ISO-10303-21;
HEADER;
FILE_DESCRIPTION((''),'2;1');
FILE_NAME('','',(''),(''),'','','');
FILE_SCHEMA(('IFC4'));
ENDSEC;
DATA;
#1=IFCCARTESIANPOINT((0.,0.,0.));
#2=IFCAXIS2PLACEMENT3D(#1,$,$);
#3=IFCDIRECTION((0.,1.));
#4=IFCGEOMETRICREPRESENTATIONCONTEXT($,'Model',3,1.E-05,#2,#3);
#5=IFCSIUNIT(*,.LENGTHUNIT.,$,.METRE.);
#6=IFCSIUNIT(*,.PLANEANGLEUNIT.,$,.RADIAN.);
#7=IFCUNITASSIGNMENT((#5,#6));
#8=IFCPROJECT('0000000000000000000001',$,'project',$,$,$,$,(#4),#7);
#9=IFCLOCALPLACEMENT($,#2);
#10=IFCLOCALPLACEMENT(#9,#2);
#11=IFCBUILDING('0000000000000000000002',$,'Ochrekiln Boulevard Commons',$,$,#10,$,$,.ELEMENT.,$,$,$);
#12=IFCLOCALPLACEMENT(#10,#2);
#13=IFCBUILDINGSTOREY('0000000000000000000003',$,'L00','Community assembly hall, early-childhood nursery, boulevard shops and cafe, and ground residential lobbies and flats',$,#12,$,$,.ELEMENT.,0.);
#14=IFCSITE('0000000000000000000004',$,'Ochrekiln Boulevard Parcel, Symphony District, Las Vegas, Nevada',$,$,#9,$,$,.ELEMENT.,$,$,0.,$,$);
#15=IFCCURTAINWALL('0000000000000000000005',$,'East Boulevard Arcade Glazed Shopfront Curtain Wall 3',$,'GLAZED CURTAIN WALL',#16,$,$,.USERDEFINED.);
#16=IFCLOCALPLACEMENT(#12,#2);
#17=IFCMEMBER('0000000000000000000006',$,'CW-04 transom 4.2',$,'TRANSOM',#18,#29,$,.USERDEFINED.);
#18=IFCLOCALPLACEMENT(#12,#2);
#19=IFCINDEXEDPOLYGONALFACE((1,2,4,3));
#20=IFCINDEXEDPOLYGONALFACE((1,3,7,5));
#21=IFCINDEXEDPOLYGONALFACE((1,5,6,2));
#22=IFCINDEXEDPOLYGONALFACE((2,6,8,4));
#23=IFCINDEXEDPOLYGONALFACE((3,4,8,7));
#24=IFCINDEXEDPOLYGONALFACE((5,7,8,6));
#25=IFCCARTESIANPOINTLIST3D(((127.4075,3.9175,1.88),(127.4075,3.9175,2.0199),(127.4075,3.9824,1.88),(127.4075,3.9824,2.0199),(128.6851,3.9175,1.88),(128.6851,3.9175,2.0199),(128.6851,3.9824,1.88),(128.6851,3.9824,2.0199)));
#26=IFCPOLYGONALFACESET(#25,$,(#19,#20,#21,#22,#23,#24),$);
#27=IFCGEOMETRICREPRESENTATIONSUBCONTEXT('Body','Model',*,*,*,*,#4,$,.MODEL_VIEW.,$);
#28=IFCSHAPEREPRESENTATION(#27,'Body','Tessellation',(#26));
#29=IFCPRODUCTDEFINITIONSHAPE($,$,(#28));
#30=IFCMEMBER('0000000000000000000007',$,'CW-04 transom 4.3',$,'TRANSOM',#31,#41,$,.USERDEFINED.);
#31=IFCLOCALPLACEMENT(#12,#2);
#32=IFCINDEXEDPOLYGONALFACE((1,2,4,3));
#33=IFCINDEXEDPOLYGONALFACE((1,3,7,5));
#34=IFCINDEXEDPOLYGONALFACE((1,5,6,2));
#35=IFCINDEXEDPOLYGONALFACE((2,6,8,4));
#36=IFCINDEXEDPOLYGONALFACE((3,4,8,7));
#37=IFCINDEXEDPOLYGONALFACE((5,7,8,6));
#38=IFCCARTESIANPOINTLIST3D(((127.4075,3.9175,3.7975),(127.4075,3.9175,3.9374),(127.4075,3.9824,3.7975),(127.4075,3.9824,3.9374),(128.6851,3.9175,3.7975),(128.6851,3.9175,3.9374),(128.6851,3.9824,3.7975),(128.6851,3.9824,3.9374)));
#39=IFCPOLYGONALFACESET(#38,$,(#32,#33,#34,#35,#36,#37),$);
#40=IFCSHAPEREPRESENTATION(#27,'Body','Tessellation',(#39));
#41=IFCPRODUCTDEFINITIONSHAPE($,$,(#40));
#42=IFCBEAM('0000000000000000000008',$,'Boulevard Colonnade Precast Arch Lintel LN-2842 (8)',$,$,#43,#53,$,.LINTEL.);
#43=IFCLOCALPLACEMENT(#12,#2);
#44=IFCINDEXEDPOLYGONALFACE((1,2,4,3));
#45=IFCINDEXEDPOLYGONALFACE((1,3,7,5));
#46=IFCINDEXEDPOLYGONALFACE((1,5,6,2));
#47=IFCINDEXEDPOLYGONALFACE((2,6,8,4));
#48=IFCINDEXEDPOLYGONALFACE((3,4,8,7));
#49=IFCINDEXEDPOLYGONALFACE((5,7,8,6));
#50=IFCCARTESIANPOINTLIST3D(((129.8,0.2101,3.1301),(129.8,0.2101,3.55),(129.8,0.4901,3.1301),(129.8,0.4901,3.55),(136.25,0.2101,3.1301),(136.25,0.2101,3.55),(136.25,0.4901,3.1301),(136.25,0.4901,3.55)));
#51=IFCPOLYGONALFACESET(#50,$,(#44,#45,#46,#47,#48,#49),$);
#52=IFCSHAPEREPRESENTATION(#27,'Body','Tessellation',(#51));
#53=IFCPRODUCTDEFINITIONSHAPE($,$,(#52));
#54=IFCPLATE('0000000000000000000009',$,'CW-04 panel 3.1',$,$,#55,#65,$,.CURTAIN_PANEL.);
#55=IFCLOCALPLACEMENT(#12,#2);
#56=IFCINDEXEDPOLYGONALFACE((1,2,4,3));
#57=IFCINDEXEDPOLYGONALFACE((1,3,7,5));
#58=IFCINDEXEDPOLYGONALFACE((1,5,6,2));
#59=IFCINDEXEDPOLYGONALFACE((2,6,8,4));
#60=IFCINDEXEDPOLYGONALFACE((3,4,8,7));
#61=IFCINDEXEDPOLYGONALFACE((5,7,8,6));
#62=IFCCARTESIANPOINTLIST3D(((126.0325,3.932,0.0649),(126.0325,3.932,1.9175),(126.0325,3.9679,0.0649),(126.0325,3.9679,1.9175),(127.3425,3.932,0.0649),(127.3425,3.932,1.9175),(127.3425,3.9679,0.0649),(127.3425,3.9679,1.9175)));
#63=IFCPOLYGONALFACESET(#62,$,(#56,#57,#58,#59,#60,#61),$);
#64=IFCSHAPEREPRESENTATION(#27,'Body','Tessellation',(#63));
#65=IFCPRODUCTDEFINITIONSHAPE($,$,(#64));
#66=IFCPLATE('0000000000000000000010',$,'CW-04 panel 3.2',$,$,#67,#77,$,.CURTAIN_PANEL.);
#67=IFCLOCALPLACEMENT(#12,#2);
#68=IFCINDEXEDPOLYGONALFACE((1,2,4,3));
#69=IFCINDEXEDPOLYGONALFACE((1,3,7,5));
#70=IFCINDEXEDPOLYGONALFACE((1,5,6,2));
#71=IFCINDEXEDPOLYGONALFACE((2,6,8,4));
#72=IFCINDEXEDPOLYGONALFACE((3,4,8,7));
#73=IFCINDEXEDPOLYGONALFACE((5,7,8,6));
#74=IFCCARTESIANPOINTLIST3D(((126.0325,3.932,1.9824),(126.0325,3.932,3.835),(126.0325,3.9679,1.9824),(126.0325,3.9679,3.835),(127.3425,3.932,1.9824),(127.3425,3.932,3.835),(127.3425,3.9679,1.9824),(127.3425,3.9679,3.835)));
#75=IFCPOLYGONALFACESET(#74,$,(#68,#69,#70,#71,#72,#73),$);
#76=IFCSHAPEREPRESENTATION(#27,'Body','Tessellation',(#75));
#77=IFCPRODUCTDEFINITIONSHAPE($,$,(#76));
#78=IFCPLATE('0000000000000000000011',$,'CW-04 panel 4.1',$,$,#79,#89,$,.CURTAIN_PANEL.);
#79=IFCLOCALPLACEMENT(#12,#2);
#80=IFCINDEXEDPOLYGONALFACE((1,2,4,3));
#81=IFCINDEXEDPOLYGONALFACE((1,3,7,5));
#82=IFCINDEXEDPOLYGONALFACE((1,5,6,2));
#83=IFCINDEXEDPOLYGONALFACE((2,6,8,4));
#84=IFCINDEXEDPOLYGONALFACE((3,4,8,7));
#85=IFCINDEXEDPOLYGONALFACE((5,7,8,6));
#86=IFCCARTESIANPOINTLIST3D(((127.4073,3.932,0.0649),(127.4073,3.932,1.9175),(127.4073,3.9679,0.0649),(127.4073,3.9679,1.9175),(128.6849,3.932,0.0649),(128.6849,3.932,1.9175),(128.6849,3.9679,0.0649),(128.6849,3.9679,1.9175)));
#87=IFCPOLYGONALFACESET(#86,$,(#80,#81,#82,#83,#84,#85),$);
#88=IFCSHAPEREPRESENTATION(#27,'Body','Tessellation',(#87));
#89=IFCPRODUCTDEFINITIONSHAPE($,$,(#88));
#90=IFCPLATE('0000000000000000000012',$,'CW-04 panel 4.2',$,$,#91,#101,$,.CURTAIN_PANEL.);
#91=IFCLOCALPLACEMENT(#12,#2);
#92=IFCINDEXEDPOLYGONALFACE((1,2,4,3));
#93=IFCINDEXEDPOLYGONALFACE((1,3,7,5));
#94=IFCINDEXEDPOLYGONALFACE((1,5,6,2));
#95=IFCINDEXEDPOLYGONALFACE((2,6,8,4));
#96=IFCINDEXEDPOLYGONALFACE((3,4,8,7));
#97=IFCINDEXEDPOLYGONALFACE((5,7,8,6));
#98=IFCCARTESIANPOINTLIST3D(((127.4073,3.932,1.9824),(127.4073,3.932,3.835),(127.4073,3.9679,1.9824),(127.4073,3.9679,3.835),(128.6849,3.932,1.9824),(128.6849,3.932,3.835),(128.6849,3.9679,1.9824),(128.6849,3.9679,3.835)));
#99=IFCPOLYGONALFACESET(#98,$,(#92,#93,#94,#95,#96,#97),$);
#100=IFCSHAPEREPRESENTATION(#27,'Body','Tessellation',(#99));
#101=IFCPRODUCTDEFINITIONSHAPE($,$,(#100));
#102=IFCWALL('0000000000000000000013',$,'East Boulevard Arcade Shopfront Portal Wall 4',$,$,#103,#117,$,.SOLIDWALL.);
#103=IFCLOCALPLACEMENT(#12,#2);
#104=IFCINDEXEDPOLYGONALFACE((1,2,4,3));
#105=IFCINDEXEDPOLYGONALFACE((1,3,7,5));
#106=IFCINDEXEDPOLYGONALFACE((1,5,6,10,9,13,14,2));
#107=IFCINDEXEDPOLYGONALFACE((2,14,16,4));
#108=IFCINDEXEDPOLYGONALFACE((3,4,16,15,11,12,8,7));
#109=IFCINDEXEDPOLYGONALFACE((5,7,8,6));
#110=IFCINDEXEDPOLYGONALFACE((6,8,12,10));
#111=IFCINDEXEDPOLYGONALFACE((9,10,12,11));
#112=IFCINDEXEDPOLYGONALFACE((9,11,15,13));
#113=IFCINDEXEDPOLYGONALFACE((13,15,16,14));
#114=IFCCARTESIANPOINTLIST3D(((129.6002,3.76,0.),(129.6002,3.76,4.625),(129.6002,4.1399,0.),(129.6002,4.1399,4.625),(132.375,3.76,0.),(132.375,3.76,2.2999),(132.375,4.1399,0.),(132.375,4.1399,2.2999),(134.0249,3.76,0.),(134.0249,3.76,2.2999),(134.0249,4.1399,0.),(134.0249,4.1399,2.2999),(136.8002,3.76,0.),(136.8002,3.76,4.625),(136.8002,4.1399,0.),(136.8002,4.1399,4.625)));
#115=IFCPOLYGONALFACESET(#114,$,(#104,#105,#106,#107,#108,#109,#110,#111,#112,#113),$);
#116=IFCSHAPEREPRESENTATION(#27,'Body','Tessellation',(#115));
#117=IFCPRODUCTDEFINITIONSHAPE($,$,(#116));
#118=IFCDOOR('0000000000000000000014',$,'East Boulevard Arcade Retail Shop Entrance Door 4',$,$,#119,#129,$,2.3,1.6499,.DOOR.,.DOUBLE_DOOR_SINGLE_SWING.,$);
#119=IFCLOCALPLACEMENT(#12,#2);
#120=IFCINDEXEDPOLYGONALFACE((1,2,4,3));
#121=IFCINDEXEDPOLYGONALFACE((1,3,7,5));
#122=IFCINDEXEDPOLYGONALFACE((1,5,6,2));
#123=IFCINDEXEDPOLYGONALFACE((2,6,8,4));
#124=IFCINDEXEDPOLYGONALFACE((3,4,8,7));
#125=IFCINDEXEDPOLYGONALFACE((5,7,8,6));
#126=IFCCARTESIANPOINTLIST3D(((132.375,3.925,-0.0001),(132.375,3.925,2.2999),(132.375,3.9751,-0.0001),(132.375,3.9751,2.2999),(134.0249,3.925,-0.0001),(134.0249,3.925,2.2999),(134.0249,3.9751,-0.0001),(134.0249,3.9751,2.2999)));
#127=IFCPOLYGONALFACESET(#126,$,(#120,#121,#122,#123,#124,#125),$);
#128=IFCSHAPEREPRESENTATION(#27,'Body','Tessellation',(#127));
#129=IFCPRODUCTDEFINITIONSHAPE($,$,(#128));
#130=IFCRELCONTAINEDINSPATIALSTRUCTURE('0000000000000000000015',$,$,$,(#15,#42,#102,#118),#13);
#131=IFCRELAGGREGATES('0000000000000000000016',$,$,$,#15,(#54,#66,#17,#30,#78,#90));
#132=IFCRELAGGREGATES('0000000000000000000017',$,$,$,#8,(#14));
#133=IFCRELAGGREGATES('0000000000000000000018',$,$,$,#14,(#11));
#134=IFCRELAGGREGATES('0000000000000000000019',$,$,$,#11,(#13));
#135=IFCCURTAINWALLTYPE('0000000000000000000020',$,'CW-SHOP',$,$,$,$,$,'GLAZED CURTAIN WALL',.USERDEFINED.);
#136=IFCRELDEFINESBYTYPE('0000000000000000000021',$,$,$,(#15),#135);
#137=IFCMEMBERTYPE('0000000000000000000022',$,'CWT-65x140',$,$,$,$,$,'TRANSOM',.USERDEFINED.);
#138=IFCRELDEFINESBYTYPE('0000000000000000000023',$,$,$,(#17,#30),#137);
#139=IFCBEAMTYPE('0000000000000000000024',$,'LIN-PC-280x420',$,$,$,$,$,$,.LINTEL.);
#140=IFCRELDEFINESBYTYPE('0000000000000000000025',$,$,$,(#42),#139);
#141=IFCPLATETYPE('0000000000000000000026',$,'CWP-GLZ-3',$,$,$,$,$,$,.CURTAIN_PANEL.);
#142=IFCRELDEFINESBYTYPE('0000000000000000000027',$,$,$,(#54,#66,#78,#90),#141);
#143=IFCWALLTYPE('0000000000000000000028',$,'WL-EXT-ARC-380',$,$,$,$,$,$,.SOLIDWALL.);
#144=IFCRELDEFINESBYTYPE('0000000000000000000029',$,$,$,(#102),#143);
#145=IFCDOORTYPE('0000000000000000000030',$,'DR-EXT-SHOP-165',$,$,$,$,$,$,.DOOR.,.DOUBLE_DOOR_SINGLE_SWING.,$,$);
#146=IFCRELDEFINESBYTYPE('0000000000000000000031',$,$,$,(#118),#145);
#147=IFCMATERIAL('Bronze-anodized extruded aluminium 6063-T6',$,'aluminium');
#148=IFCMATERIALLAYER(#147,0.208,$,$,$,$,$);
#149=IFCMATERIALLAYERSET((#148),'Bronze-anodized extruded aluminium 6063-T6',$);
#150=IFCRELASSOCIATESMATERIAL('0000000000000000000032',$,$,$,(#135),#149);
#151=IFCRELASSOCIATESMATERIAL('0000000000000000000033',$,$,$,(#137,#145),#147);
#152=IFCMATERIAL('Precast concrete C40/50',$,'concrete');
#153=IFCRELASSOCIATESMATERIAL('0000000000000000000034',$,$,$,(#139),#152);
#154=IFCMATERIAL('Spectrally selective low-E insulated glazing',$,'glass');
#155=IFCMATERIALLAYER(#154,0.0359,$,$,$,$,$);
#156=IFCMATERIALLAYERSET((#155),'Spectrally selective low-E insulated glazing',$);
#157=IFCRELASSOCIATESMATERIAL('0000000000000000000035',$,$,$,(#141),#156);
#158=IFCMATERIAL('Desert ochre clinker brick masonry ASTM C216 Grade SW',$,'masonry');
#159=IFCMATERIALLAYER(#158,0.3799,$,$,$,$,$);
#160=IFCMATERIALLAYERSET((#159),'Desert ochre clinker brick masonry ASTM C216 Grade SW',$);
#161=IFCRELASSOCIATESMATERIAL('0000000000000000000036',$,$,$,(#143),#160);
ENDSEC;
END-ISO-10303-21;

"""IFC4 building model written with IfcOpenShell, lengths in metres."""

from ifc_helpers import new_model, si_unit, direction, frame, frame_2d, origin, origin_2d, place, context, subcontext, project, spatial, rectangle, extrude, material, layer, layer_set, material_profile, profile_set, type_object, element, fill, aggregate, save


model = new_model("IFC4")

# Units and contexts
model_context = context("Model", 3, precision=1e-05, world=origin(), true_north=direction((0.0, 1.0)))
body_context = subcontext(model_context, "Body", "Model", "MODEL_VIEW")
ifc_project = project(units=[si_unit("LENGTHUNIT", "METRE"), si_unit("PLANEANGLEUNIT", "RADIAN")], contexts=[model_context])

# Site, building, storey
site_placement = place(None, origin())
site = spatial("IfcSite", under=ifc_project, at=site_placement, Name="Ochrekiln Boulevard Parcel, Symphony District, Las Vegas, Nevada", CompositionType="ELEMENT", RefElevation=0.0)
building_placement = place(site_placement, origin())
building = spatial("IfcBuilding", under=site, at=building_placement, Name="Ochrekiln Boulevard Commons", CompositionType="ELEMENT")
storey_placement = place(building_placement, origin())
storey = spatial("IfcBuildingStorey", under=building, at=storey_placement, Name="L00", Description="Community assembly hall, early-childhood nursery, boulevard shops and cafe, and ground residential lobbies and flats", CompositionType="ELEMENT", Elevation=0.0)

# Curtain wall, members
ifc_material_1 = material(Name="Bronze-anodized extruded aluminium 6063-T6", Category="aluminium")
ifc_layer_1 = layer(ifc_material_1, 0.208)
ifc_layer_set_1 = layer_set([ifc_layer_1], Name="Bronze-anodized extruded aluminium 6063-T6")
curtain_wall_type = type_object("IfcCurtainWallType", Name="CW-SHOP", ElementType="GLAZED CURTAIN WALL", PredefinedType="USERDEFINED", material=ifc_layer_set_1)
curtain_wall_placement = place(storey_placement, origin())
curtain_wall = element("IfcCurtainWall", 1, at=curtain_wall_placement, inside=storey, type_object=curtain_wall_type, Name="East Boulevard Arcade Glazed Shopfront Curtain Wall 3", ObjectType="GLAZED CURTAIN WALL", PredefinedType="USERDEFINED")
ifc_material_profile_1 = material_profile(ifc_material_1, rectangle(XDim=0.0649, YDim=0.1399, at=origin_2d()), Name="ALU-TRN-65x140")
ifc_profile_set_1 = profile_set([ifc_material_profile_1], Name="Bronze-anodized extruded aluminium 6063-T6")
member_type_1 = type_object("IfcMemberType", Name="CWT-65x140", ElementType="TRANSOM", PredefinedType="USERDEFINED", material=ifc_profile_set_1)
member_1_placement = place(storey_placement, frame((127.4075, 3.95, 1.95), z_axis=(1.0, 0.0, 0.0), x_axis=(0.0, 1.0, 0.0)))
member_1 = element("IfcMember", 2, at=member_1_placement, type_object=member_type_1, Name="CW-04 transom 4.2", ObjectType="TRANSOM", PredefinedType="USERDEFINED", context=body_context, shape_type="SweptSolid", body=[
    extrude(rectangle(XDim=0.0649, YDim=0.1399, at=origin_2d()), origin(), (0.0, 0.0, 1.0), 1.2776),
])
member_2_placement = place(storey_placement, frame((127.4075, 3.95, 3.8674), z_axis=(1.0, 0.0, 0.0), x_axis=(0.0, 1.0, 0.0)))
member_2 = element("IfcMember", 3, at=member_2_placement, type_object=member_type_1, Name="CW-04 transom 4.3", ObjectType="TRANSOM", PredefinedType="USERDEFINED", context=body_context, shape_type="SweptSolid", body=[
    extrude(rectangle(XDim=0.0649, YDim=0.1399, at=origin_2d()), origin(), (0.0, 0.0, 1.0), 1.2776),
])

# Beam
ifc_material_2 = material(Name="Precast concrete C40/50", Category="concrete")
ifc_material_profile_2 = material_profile(ifc_material_2, rectangle(XDim=0.28, YDim=0.4199, at=origin_2d()), Name="RC-LIN-280x420")
ifc_profile_set_2 = profile_set([ifc_material_profile_2], Name="Precast concrete C40/50")
beam_type_1 = type_object("IfcBeamType", Name="LIN-PC-280x420", PredefinedType="LINTEL", material=ifc_profile_set_2)
beam_placement = place(storey_placement, frame((129.8, 0.3501, 3.3401), z_axis=(1.0, 0.0, 0.0), x_axis=(0.0, 1.0, 0.0)))
element("IfcBeam", 4, at=beam_placement, inside=storey, type_object=beam_type_1, Name="Boulevard Colonnade Precast Arch Lintel LN-2842 (8)", PredefinedType="LINTEL", context=body_context, shape_type="SweptSolid", body=[
    extrude(rectangle(XDim=0.28, YDim=0.4199, at=origin_2d()), origin(), (0.0, 0.0, 1.0), 6.45),
])

# Plates
ifc_material_3 = material(Name="Spectrally selective low-E insulated glazing", Category="glass")
ifc_layer_2 = layer(ifc_material_3, 0.0359)
ifc_layer_set_2 = layer_set([ifc_layer_2], Name="Spectrally selective low-E insulated glazing")
plate_type = type_object("IfcPlateType", Name="CWP-GLZ-3", PredefinedType="CURTAIN_PANEL", material=ifc_layer_set_2)
plate_1_placement = place(storey_placement, frame((126.6875, 3.95, 0.0649), z_axis=(0.0, 0.0, 1.0), x_axis=(1.0, 0.0, 0.0)))
plate_1 = element("IfcPlate", 5, at=plate_1_placement, type_object=plate_type, Name="CW-04 panel 3.1", PredefinedType="CURTAIN_PANEL", context=body_context, shape_type="SweptSolid", body=[
    extrude(rectangle(XDim=1.3101, YDim=0.0359, at=origin_2d()), origin(), (0.0, 0.0, 1.0), 1.8525),
])
plate_2_placement = place(storey_placement, frame((126.6875, 3.95, 1.9824), z_axis=(0.0, 0.0, 1.0), x_axis=(1.0, 0.0, 0.0)))
plate_2 = element("IfcPlate", 6, at=plate_2_placement, type_object=plate_type, Name="CW-04 panel 3.2", PredefinedType="CURTAIN_PANEL", context=body_context, shape_type="SweptSolid", body=[
    extrude(rectangle(XDim=1.3101, YDim=0.0359, at=origin_2d()), origin(), (0.0, 0.0, 1.0), 1.8525),
])
plate_3_placement = place(storey_placement, frame((128.0461, 3.95, 0.0649), z_axis=(0.0, 0.0, 1.0), x_axis=(1.0, 0.0, 0.0)))
plate_3 = element("IfcPlate", 7, at=plate_3_placement, type_object=plate_type, Name="CW-04 panel 4.1", PredefinedType="CURTAIN_PANEL", context=body_context, shape_type="SweptSolid", body=[
    extrude(rectangle(XDim=1.2776, YDim=0.0359, at=origin_2d()), origin(), (0.0, 0.0, 1.0), 1.8525),
])
plate_4_placement = place(storey_placement, frame((128.0461, 3.95, 1.9824), z_axis=(0.0, 0.0, 1.0), x_axis=(1.0, 0.0, 0.0)))
plate_4 = element("IfcPlate", 8, at=plate_4_placement, type_object=plate_type, Name="CW-04 panel 4.2", PredefinedType="CURTAIN_PANEL", context=body_context, shape_type="SweptSolid", body=[
    extrude(rectangle(XDim=1.2776, YDim=0.0359, at=origin_2d()), origin(), (0.0, 0.0, 1.0), 1.8525),
])
aggregate(curtain_wall, [plate_1, plate_2, member_1, member_2, plate_3, plate_4])

# Wall, opening, door
ifc_material_4 = material(Name="Desert ochre clinker brick masonry ASTM C216 Grade SW", Category="masonry")
ifc_layer_3 = layer(ifc_material_4, 0.3799)
ifc_layer_set_3 = layer_set([ifc_layer_3], Name="Desert ochre clinker brick masonry ASTM C216 Grade SW")
wall_type = type_object("IfcWallType", Name="WL-EXT-ARC-380", PredefinedType="SOLIDWALL", material=ifc_layer_set_3)
wall_placement = place(storey_placement, frame((129.6001, 3.95, 0.0), z_axis=(0.0, 0.0, 1.0), x_axis=(1.0, 0.0, 0.0)))
wall = element("IfcWall", 9, at=wall_placement, inside=storey, type_object=wall_type, Name="East Boulevard Arcade Shopfront Portal Wall 4", PredefinedType="SOLIDWALL", context=body_context, shape_type="SweptSolid", body=[
    extrude(rectangle(XDim=7.2, YDim=0.3799, at=frame_2d((3.6001, 0.0))), origin(), (0.0, 0.0, 1.0), 4.625),
])
opening_placement = place(wall_placement, frame((2.7749, 0.0, 0.0)))
opening = element("IfcOpeningElement", 10, at=opening_placement, cuts=wall, PredefinedType="OPENING", context=body_context, shape_type="SweptSolid", body=[
    extrude(rectangle(XDim=1.6499, YDim=2.3, at=frame_2d((0.825, 1.1499))), frame((0.0, 0.2, 0.0), z_axis=(0.0, -1.0, 0.0), x_axis=(1.0, 0.0, 0.0)), (0.0, 0.0, 1.0), 0.3999),
])
door_type = type_object("IfcDoorType", Name="DR-EXT-SHOP-165", OperationType="DOUBLE_DOOR_SINGLE_SWING", PredefinedType="DOOR", material=ifc_material_1)
door_placement = place(opening_placement, frame((1.6499, 0.0, 0.0), z_axis=(0.0, 0.0, 1.0), x_axis=(-1.0, 0.0, 0.0)))
door = element("IfcDoor", 11, at=door_placement, inside=storey, type_object=door_type, Name="East Boulevard Arcade Retail Shop Entrance Door 4", OperationType="DOUBLE_DOOR_SINGLE_SWING", OverallHeight=2.3, OverallWidth=1.6499, PredefinedType="DOOR", context=body_context, shape_type="SweptSolid", body=[
    extrude(rectangle(XDim=1.6499, YDim=2.3, at=frame_2d((0.825, 1.1499))), frame((0.0, 0.0249, 0.0), z_axis=(0.0, -1.0, 0.0), x_axis=(1.0, 0.0, 0.0)), (0.0, 0.0, 1.0), 0.05),
])
fill(opening, door)

save(model, "model.ifc")
